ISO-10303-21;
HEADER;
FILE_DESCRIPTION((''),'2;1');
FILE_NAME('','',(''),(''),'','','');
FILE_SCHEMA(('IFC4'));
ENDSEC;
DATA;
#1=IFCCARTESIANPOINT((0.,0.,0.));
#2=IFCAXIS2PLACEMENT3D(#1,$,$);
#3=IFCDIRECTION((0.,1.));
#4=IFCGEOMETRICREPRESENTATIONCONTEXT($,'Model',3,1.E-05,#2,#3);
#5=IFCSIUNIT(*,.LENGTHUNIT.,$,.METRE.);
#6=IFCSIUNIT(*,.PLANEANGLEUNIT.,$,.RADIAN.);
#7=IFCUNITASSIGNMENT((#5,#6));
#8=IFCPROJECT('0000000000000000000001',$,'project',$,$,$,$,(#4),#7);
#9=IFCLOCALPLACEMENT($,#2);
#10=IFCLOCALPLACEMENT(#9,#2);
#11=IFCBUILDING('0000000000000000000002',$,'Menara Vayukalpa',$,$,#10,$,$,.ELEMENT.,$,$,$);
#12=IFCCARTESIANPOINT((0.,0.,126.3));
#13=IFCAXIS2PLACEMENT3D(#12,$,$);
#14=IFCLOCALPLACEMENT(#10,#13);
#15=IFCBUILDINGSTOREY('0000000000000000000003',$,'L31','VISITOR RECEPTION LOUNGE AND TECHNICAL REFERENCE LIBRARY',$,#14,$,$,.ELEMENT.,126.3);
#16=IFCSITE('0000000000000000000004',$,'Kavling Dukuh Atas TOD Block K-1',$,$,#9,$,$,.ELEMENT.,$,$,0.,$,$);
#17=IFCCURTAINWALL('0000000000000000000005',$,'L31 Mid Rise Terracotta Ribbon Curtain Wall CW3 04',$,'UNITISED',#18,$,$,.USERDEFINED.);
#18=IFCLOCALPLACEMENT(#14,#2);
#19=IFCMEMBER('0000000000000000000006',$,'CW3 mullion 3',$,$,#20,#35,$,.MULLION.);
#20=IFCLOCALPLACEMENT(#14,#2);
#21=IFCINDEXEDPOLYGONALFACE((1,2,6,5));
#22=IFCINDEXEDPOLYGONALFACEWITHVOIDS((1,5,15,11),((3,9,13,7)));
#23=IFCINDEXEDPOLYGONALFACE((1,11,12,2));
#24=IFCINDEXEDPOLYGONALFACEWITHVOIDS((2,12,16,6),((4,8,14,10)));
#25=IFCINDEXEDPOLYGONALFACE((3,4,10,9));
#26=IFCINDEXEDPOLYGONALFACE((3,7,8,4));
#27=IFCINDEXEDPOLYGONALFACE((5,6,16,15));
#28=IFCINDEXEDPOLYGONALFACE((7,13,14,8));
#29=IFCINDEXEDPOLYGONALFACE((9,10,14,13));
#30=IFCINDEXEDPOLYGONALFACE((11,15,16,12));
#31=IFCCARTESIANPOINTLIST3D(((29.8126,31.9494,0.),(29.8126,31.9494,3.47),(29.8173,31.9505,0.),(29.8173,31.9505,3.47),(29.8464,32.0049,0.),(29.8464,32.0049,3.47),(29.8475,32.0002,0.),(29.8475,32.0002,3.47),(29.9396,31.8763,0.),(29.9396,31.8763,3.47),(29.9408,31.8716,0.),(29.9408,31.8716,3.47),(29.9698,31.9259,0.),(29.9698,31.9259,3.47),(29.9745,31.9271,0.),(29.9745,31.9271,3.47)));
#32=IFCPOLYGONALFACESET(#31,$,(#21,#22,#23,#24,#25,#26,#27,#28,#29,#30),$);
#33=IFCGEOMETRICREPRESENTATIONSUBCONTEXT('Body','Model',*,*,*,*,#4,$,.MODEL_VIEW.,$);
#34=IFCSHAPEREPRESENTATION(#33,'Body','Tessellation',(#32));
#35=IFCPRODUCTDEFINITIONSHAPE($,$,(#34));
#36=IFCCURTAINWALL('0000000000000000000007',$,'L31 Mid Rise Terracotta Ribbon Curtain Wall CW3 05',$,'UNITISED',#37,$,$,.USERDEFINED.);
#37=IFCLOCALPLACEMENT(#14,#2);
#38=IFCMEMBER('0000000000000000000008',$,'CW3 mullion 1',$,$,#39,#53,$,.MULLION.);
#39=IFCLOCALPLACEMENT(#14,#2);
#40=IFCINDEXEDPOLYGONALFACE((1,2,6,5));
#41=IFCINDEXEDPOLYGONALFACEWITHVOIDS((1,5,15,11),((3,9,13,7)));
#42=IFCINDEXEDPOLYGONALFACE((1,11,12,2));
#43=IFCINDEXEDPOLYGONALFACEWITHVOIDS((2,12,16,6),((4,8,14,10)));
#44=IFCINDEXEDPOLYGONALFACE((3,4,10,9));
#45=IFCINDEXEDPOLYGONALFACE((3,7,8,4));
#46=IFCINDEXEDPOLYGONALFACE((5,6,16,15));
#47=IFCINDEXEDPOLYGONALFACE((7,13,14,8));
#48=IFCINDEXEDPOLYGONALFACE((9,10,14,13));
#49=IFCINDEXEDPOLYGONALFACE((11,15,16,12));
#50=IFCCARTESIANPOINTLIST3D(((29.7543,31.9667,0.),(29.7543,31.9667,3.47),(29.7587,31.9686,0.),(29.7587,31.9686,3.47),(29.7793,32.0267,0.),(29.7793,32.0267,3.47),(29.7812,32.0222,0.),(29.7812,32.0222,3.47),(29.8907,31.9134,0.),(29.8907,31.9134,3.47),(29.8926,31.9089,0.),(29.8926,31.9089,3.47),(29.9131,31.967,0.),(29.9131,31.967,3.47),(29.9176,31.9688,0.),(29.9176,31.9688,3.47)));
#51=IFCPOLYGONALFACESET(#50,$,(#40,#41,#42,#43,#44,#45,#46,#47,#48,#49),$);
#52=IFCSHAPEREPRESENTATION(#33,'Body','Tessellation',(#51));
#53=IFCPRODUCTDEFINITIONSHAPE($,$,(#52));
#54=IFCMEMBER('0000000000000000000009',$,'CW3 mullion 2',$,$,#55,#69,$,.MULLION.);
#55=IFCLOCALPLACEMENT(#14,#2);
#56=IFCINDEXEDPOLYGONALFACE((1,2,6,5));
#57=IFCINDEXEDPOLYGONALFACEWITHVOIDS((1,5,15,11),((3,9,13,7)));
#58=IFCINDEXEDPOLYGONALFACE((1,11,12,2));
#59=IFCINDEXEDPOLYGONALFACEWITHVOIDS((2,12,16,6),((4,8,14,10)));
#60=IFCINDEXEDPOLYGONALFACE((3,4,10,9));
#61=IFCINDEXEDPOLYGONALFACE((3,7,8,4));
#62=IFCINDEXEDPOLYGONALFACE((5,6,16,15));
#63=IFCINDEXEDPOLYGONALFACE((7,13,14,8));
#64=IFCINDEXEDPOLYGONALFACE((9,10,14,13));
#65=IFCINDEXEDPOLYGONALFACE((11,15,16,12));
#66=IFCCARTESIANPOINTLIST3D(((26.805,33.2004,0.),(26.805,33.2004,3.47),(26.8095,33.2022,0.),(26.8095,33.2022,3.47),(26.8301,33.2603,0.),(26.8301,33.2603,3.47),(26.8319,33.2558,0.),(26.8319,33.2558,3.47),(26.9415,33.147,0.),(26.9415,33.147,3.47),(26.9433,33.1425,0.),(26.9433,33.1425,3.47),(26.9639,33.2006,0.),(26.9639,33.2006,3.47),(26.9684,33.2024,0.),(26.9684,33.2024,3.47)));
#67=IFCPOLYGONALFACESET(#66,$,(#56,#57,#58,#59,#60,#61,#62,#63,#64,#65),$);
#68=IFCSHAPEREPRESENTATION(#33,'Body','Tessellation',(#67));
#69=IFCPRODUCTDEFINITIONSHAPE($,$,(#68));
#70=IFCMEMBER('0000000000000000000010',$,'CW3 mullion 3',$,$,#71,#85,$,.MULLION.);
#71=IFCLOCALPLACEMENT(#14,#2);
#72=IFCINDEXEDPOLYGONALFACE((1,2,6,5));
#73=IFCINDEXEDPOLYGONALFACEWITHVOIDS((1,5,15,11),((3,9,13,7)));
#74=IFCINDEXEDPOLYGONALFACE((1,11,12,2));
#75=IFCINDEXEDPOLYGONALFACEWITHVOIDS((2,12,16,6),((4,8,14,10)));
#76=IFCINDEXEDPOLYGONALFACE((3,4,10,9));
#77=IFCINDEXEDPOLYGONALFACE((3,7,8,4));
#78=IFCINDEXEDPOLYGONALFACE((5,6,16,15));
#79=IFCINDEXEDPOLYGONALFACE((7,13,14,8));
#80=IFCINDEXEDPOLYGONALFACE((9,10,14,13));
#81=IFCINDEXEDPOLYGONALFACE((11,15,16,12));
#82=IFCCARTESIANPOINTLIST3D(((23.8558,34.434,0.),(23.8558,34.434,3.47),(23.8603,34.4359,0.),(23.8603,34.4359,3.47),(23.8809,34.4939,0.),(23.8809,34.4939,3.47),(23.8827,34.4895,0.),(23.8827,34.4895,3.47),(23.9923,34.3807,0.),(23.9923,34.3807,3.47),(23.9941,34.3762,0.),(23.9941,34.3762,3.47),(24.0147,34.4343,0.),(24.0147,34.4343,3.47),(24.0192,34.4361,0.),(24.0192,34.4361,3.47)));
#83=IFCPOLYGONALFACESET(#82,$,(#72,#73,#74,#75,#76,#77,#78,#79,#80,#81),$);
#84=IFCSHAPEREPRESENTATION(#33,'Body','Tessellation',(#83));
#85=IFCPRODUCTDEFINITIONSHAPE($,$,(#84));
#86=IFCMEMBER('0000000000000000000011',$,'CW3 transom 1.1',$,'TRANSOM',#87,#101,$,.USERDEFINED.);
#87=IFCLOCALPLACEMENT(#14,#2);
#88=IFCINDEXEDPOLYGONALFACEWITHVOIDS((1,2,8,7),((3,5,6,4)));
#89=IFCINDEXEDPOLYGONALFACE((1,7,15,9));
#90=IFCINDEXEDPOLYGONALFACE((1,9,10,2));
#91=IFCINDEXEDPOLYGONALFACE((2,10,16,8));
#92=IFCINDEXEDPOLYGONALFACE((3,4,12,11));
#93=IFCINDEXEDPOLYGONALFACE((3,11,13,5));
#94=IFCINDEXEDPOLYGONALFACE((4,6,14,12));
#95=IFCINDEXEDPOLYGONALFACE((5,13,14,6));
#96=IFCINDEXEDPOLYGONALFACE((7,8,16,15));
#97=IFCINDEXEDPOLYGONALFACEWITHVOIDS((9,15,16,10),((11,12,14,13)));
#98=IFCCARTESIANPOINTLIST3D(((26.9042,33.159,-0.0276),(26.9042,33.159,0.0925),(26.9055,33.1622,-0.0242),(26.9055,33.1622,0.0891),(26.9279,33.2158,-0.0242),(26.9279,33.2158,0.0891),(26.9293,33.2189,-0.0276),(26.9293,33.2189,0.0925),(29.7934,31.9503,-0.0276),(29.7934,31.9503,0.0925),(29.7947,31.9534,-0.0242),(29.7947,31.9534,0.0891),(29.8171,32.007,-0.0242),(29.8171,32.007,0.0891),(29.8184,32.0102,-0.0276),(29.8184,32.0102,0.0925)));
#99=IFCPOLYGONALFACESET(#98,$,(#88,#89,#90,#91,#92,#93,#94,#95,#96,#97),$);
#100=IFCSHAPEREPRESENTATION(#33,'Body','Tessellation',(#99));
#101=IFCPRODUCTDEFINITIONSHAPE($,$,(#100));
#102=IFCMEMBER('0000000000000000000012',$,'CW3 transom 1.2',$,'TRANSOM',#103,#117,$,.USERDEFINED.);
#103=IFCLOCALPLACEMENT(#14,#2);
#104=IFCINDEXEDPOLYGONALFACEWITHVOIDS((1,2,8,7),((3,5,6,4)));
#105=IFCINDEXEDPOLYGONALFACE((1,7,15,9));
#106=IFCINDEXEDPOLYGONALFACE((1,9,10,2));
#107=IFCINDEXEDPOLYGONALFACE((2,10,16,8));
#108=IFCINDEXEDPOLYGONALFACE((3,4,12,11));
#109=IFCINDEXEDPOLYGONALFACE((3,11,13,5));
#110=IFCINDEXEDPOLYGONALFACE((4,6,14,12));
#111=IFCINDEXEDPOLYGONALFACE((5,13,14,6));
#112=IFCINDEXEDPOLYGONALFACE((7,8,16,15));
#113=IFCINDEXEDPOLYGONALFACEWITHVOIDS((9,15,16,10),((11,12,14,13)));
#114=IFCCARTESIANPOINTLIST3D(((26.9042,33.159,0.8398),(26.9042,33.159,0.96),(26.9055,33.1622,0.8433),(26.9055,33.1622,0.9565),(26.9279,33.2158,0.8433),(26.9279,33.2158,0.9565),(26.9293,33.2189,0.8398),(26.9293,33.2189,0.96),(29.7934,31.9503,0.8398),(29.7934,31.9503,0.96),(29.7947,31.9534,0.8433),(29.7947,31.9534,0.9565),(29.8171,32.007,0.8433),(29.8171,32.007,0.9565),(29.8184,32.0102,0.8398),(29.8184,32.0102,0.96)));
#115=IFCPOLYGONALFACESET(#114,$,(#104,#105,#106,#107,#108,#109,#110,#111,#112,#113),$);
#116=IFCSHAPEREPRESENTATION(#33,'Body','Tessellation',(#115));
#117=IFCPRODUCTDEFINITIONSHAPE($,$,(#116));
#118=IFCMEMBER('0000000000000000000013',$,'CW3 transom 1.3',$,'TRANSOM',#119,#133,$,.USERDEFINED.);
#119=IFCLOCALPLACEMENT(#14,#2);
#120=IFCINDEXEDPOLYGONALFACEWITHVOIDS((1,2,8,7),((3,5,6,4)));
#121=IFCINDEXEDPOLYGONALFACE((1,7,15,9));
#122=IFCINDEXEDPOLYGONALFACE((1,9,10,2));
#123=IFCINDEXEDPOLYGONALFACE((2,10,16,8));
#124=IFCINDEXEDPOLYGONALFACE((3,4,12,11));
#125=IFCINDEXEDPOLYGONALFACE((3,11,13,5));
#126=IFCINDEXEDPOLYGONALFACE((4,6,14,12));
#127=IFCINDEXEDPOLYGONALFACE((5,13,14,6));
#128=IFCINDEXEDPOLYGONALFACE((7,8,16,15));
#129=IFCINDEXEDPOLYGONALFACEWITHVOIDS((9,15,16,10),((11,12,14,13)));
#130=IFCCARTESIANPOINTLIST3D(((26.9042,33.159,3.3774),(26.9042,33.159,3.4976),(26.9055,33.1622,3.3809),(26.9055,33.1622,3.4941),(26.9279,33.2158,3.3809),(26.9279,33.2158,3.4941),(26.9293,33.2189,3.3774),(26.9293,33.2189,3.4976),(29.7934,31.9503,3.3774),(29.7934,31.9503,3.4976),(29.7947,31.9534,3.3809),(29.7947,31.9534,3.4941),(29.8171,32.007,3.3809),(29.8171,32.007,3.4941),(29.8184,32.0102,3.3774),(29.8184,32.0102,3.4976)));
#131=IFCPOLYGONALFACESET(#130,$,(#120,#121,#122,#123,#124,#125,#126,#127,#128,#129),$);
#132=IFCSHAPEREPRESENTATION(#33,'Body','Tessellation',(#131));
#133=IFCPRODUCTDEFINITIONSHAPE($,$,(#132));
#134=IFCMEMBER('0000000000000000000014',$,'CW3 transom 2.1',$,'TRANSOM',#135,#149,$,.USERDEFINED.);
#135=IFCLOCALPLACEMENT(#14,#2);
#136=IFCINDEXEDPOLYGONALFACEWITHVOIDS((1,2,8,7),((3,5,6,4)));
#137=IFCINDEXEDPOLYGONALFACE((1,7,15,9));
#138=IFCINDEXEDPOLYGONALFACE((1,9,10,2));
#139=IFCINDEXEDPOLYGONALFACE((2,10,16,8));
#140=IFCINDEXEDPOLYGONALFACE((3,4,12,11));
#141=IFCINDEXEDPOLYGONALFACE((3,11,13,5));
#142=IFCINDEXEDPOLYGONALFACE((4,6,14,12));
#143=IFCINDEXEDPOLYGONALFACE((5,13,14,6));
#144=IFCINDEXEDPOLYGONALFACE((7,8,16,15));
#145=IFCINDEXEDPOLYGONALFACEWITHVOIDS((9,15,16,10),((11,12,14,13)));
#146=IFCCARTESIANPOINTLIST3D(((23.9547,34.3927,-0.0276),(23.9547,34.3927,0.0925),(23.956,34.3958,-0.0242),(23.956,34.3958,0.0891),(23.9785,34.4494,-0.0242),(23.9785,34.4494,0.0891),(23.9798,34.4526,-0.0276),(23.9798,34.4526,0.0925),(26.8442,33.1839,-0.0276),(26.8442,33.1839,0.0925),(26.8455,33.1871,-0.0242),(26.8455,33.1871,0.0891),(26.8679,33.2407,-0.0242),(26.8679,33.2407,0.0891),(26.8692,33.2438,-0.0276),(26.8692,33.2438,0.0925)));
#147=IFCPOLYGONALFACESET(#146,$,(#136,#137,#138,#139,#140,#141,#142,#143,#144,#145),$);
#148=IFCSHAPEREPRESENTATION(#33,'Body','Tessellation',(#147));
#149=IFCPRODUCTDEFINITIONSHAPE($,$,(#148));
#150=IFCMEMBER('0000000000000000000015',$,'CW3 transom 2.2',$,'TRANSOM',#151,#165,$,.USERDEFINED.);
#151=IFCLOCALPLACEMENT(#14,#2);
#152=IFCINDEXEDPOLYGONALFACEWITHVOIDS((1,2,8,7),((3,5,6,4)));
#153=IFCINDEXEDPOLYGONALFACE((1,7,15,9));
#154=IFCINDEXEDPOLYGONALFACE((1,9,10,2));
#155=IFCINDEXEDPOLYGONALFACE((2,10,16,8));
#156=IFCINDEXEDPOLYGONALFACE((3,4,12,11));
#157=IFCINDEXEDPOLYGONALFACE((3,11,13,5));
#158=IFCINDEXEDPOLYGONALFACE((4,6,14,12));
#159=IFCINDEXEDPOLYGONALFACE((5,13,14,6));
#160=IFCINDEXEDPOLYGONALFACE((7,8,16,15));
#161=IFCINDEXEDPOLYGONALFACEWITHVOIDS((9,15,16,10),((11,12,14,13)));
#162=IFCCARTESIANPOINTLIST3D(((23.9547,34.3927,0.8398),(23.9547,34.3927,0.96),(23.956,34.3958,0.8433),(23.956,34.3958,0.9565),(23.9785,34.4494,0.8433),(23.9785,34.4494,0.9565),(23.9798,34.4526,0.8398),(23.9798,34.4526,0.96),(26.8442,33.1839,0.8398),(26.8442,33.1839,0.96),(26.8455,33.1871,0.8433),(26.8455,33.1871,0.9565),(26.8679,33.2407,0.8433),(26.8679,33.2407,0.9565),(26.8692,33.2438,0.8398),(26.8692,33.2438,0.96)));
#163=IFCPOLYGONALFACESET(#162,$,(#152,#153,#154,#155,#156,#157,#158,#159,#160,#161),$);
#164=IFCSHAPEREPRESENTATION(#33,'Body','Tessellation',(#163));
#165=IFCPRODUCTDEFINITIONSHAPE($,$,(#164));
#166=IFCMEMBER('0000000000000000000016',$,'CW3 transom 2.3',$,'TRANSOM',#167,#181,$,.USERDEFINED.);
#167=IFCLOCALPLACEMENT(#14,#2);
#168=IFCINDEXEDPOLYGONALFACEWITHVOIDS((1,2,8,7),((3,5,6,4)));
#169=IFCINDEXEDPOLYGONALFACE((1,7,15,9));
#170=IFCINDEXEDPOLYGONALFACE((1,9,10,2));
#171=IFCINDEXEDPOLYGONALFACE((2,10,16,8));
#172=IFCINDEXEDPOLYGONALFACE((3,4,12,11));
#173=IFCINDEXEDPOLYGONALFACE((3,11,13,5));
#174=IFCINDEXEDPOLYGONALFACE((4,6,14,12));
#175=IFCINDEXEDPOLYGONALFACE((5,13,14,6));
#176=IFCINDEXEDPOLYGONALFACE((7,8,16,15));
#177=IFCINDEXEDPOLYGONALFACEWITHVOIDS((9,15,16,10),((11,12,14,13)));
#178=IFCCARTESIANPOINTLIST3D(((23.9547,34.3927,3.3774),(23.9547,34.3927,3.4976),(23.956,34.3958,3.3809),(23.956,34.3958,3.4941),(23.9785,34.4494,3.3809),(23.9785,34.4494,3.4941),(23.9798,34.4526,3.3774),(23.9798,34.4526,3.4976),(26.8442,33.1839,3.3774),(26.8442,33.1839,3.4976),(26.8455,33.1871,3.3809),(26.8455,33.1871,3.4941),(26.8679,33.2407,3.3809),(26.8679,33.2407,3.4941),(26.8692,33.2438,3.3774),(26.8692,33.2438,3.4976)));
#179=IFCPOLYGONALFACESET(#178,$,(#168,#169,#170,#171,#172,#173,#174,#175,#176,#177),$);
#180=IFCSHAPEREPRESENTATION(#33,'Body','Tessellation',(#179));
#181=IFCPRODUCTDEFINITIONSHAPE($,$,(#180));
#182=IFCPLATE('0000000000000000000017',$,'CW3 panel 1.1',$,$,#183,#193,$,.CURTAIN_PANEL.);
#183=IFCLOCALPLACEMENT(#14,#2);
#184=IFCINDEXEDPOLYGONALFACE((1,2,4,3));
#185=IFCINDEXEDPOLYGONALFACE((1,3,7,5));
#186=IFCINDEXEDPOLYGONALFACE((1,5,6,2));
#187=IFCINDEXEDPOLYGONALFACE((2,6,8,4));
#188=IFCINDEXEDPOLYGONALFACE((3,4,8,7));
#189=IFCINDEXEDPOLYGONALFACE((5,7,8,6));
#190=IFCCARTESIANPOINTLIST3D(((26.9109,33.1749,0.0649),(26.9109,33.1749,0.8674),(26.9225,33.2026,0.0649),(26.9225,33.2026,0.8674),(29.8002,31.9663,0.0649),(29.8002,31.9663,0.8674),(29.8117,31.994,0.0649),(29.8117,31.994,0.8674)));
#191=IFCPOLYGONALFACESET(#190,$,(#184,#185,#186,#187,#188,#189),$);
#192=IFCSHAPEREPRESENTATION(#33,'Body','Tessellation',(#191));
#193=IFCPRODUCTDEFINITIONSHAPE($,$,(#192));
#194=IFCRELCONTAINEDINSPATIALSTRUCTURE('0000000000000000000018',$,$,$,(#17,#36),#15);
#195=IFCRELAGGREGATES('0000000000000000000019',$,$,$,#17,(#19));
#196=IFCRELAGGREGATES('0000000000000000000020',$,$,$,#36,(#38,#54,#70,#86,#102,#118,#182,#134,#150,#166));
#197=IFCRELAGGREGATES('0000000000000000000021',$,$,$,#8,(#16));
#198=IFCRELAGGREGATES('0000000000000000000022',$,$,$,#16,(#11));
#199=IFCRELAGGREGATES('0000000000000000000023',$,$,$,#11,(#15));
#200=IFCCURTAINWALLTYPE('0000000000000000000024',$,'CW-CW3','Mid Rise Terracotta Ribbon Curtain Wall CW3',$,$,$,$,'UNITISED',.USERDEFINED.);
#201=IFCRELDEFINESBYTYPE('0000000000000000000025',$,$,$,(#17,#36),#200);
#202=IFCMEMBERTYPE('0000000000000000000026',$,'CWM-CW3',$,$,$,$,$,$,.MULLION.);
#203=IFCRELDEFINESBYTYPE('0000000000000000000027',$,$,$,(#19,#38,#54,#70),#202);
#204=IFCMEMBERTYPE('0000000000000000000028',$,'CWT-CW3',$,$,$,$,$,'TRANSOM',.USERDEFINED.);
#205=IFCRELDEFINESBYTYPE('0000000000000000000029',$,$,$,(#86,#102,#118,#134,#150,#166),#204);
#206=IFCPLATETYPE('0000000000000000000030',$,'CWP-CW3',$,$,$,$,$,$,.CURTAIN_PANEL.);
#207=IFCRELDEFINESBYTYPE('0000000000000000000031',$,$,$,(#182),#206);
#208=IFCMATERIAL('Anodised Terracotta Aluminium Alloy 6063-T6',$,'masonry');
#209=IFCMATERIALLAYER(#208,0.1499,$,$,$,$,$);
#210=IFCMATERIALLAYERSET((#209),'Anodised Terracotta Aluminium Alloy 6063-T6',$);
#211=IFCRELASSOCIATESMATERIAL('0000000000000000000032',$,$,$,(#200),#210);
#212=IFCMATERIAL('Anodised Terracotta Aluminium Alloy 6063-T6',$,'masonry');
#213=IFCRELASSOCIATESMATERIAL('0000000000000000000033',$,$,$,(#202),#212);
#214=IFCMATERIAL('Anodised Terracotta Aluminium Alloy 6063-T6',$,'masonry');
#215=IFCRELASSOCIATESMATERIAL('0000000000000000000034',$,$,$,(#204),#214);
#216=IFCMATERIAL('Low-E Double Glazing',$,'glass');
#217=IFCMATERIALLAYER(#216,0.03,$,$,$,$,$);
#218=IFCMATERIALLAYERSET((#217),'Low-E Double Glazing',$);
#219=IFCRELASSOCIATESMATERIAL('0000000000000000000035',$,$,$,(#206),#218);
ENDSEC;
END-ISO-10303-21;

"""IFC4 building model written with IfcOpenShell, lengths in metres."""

from ifc_helpers import new_model, si_unit, direction, frame, origin, origin_2d, place, context, subcontext, project, spatial, rectangle, hollow_rectangle, extrude, material, layer, layer_set, material_profile, profile_set, type_object, element, aggregate, save


model = new_model("IFC4")

# Units and contexts
model_context = context("Model", 3, precision=1e-05, world=origin(), true_north=direction((0.0, 1.0)))
body_context = subcontext(model_context, "Body", "Model", "MODEL_VIEW")
ifc_project = project(units=[si_unit("LENGTHUNIT", "METRE"), si_unit("PLANEANGLEUNIT", "RADIAN")], contexts=[model_context])

# Site, building, storey
site_placement = place(None, origin())
site = spatial("IfcSite", under=ifc_project, at=site_placement, Name="Kavling Dukuh Atas TOD Block K-1", CompositionType="ELEMENT", RefElevation=0.0)
building_placement = place(site_placement, origin())
building = spatial("IfcBuilding", under=site, at=building_placement, Name="Menara Vayukalpa", CompositionType="ELEMENT")
storey_placement = place(building_placement, frame((0.0, 0.0, 126.3)))
storey = spatial("IfcBuildingStorey", under=building, at=storey_placement, Name="L31", Description="VISITOR RECEPTION LOUNGE AND TECHNICAL REFERENCE LIBRARY", CompositionType="ELEMENT", Elevation=126.3)

# Curtain wall, member
ifc_material_1 = material(Name="Anodised Terracotta Aluminium Alloy 6063-T6", Category="masonry")
ifc_layer_1 = layer(ifc_material_1, 0.1499)
ifc_layer_set_1 = layer_set([ifc_layer_1], Name="Anodised Terracotta Aluminium Alloy 6063-T6")
curtain_wall_type = type_object("IfcCurtainWallType", Name="CW-CW3", Description="Mid Rise Terracotta Ribbon Curtain Wall CW3", ElementType="UNITISED", PredefinedType="USERDEFINED", material=ifc_layer_set_1)
curtain_wall_1_placement = place(storey_placement, origin())
curtain_wall_1 = element("IfcCurtainWall", 1, at=curtain_wall_1_placement, inside=storey, type_object=curtain_wall_type, Name="L31 Mid Rise Terracotta Ribbon Curtain Wall CW3 04", ObjectType="UNITISED", PredefinedType="USERDEFINED")
ifc_material_2 = material(Name="Anodised Terracotta Aluminium Alloy 6063-T6", Category="masonry")
ifc_material_profile_1 = material_profile(ifc_material_2, hollow_rectangle(XDim=0.0649, YDim=0.1499, WallThickness=0.0034, at=origin_2d()), Name="ALU 65x150x3.5")
ifc_profile_set_1 = profile_set([ifc_material_profile_1], Name="Anodised Terracotta Aluminium Alloy 6063-T6")
member_type_1 = type_object("IfcMemberType", Name="CWM-CW3", PredefinedType="MULLION", material=ifc_profile_set_1)
member_1_placement = place(storey_placement, frame((29.8936, 31.9382, 0.0), z_axis=(0.0, 0.0, 1.0), x_axis=(-0.519183, -0.854663, 0.0)))
member_1 = element("IfcMember", 2, at=member_1_placement, type_object=member_type_1, Name="CW3 mullion 3", PredefinedType="MULLION", context=body_context, shape_type="SweptSolid", body=[
    extrude(hollow_rectangle(XDim=0.0649, YDim=0.1499, WallThickness=0.0034, at=origin_2d()), origin(), (0.0, 0.0, 1.0), 3.47),
])
aggregate(curtain_wall_1, [member_1])

# Curtain wall, members, plate
curtain_wall_2_placement = place(storey_placement, origin())
curtain_wall_2 = element("IfcCurtainWall", 3, at=curtain_wall_2_placement, inside=storey, type_object=curtain_wall_type, Name="L31 Mid Rise Terracotta Ribbon Curtain Wall CW3 05", ObjectType="UNITISED", PredefinedType="USERDEFINED")
member_2_placement = place(storey_placement, frame((29.8359, 31.9678, 0.0), z_axis=(0.0, 0.0, 1.0), x_axis=(-0.385894, -0.922543, 0.0)))
member_2 = element("IfcMember", 4, at=member_2_placement, type_object=member_type_1, Name="CW3 mullion 1", PredefinedType="MULLION", context=body_context, shape_type="SweptSolid", body=[
    extrude(hollow_rectangle(XDim=0.0649, YDim=0.1499, WallThickness=0.0034, at=origin_2d()), origin(), (0.0, 0.0, 1.0), 3.47),
])
member_3_placement = place(storey_placement, frame((26.8867, 33.2014, 0.0), z_axis=(0.0, 0.0, 1.0), x_axis=(-0.385894, -0.922543, 0.0)))
member_3 = element("IfcMember", 5, at=member_3_placement, type_object=member_type_1, Name="CW3 mullion 2", PredefinedType="MULLION", context=body_context, shape_type="SweptSolid", body=[
    extrude(hollow_rectangle(XDim=0.0649, YDim=0.1499, WallThickness=0.0034, at=origin_2d()), origin(), (0.0, 0.0, 1.0), 3.47),
])
member_4_placement = place(storey_placement, frame((23.9375, 34.4351, 0.0), z_axis=(0.0, 0.0, 1.0), x_axis=(-0.385894, -0.922543, 0.0)))
member_4 = element("IfcMember", 6, at=member_4_placement, type_object=member_type_1, Name="CW3 mullion 3", PredefinedType="MULLION", context=body_context, shape_type="SweptSolid", body=[
    extrude(hollow_rectangle(XDim=0.0649, YDim=0.1499, WallThickness=0.0034, at=origin_2d()), origin(), (0.0, 0.0, 1.0), 3.47),
])
ifc_material_3 = material(Name="Anodised Terracotta Aluminium Alloy 6063-T6", Category="masonry")
ifc_material_profile_2 = material_profile(ifc_material_3, hollow_rectangle(XDim=0.0649, YDim=0.1201, WallThickness=0.0034, at=origin_2d()), Name="ALU 65x120x3.5")
ifc_profile_set_2 = profile_set([ifc_material_profile_2], Name="Anodised Terracotta Aluminium Alloy 6063-T6")
member_type_2 = type_object("IfcMemberType", Name="CWT-CW3", ElementType="TRANSOM", PredefinedType="USERDEFINED", material=ifc_profile_set_2)
member_5_placement = place(storey_placement, frame((29.8059, 31.9802, 0.0325), z_axis=(-0.922518, 0.385955, 0.0), x_axis=(-0.385955, -0.922518, 0.0)))
member_5 = element("IfcMember", 7, at=member_5_placement, type_object=member_type_2, Name="CW3 transom 1.1", ObjectType="TRANSOM", PredefinedType="USERDEFINED", context=body_context, shape_type="SweptSolid", body=[
    extrude(hollow_rectangle(XDim=0.0649, YDim=0.1201, WallThickness=0.0034, at=origin_2d()), origin(), (0.0, 0.0, 1.0), 3.1318),
])
member_6_placement = place(storey_placement, frame((29.8059, 31.9802, 0.8999), z_axis=(-0.922518, 0.385955, 0.0), x_axis=(-0.385955, -0.922518, 0.0)))
member_6 = element("IfcMember", 8, at=member_6_placement, type_object=member_type_2, Name="CW3 transom 1.2", ObjectType="TRANSOM", PredefinedType="USERDEFINED", context=body_context, shape_type="SweptSolid", body=[
    extrude(hollow_rectangle(XDim=0.0649, YDim=0.1201, WallThickness=0.0034, at=origin_2d()), origin(), (0.0, 0.0, 1.0), 3.1318),
])
member_7_placement = place(storey_placement, frame((29.8059, 31.9802, 3.4375), z_axis=(-0.922518, 0.385955, 0.0), x_axis=(-0.385955, -0.922518, 0.0)))
member_7 = element("IfcMember", 9, at=member_7_placement, type_object=member_type_2, Name="CW3 transom 1.3", ObjectType="TRANSOM", PredefinedType="USERDEFINED", context=body_context, shape_type="SweptSolid", body=[
    extrude(hollow_rectangle(XDim=0.0649, YDim=0.1201, WallThickness=0.0034, at=origin_2d()), origin(), (0.0, 0.0, 1.0), 3.1318),
])
member_8_placement = place(storey_placement, frame((26.8567, 33.2139, 0.0325), z_axis=(-0.922529, 0.385927, 0.0), x_axis=(-0.385927, -0.922529, 0.0)))
member_8 = element("IfcMember", 10, at=member_8_placement, type_object=member_type_2, Name="CW3 transom 2.1", ObjectType="TRANSOM", PredefinedType="USERDEFINED", context=body_context, shape_type="SweptSolid", body=[
    extrude(hollow_rectangle(XDim=0.0649, YDim=0.1201, WallThickness=0.0034, at=origin_2d()), origin(), (0.0, 0.0, 1.0), 3.1321),
])
member_9_placement = place(storey_placement, frame((26.8567, 33.2139, 0.8999), z_axis=(-0.922529, 0.385927, 0.0), x_axis=(-0.385927, -0.922529, 0.0)))
member_9 = element("IfcMember", 11, at=member_9_placement, type_object=member_type_2, Name="CW3 transom 2.2", ObjectType="TRANSOM", PredefinedType="USERDEFINED", context=body_context, shape_type="SweptSolid", body=[
    extrude(hollow_rectangle(XDim=0.0649, YDim=0.1201, WallThickness=0.0034, at=origin_2d()), origin(), (0.0, 0.0, 1.0), 3.1321),
])
member_10_placement = place(storey_placement, frame((26.8567, 33.2139, 3.4375), z_axis=(-0.922529, 0.385927, 0.0), x_axis=(-0.385927, -0.922529, 0.0)))
member_10 = element("IfcMember", 12, at=member_10_placement, type_object=member_type_2, Name="CW3 transom 2.3", ObjectType="TRANSOM", PredefinedType="USERDEFINED", context=body_context, shape_type="SweptSolid", body=[
    extrude(hollow_rectangle(XDim=0.0649, YDim=0.1201, WallThickness=0.0034, at=origin_2d()), origin(), (0.0, 0.0, 1.0), 3.1321),
])
ifc_material_4 = material(Name="Low-E Double Glazing", Category="glass")
ifc_layer_2 = layer(ifc_material_4, 0.03)
ifc_layer_set_2 = layer_set([ifc_layer_2], Name="Low-E Double Glazing")
plate_type = type_object("IfcPlateType", Name="CWP-CW3", PredefinedType="CURTAIN_PANEL", material=ifc_layer_set_2)
plate_1_placement = place(storey_placement, frame((28.3613, 32.5845, 0.0649), z_axis=(0.0, 0.0, 1.0), x_axis=(-0.922543, 0.385894, 0.0)))
plate_1 = element("IfcPlate", 13, at=plate_1_placement, type_object=plate_type, Name="CW3 panel 1.1", PredefinedType="CURTAIN_PANEL", context=body_context, shape_type="SweptSolid", body=[
    extrude(rectangle(XDim=3.1318, YDim=0.03, at=origin_2d()), origin(), (0.0, 0.0, 1.0), 0.8025),
])
aggregate(curtain_wall_2, [member_2, member_3, member_4, member_5, member_6, member_7, plate_1, member_8, member_9, member_10])

save(model, "model.ifc")
